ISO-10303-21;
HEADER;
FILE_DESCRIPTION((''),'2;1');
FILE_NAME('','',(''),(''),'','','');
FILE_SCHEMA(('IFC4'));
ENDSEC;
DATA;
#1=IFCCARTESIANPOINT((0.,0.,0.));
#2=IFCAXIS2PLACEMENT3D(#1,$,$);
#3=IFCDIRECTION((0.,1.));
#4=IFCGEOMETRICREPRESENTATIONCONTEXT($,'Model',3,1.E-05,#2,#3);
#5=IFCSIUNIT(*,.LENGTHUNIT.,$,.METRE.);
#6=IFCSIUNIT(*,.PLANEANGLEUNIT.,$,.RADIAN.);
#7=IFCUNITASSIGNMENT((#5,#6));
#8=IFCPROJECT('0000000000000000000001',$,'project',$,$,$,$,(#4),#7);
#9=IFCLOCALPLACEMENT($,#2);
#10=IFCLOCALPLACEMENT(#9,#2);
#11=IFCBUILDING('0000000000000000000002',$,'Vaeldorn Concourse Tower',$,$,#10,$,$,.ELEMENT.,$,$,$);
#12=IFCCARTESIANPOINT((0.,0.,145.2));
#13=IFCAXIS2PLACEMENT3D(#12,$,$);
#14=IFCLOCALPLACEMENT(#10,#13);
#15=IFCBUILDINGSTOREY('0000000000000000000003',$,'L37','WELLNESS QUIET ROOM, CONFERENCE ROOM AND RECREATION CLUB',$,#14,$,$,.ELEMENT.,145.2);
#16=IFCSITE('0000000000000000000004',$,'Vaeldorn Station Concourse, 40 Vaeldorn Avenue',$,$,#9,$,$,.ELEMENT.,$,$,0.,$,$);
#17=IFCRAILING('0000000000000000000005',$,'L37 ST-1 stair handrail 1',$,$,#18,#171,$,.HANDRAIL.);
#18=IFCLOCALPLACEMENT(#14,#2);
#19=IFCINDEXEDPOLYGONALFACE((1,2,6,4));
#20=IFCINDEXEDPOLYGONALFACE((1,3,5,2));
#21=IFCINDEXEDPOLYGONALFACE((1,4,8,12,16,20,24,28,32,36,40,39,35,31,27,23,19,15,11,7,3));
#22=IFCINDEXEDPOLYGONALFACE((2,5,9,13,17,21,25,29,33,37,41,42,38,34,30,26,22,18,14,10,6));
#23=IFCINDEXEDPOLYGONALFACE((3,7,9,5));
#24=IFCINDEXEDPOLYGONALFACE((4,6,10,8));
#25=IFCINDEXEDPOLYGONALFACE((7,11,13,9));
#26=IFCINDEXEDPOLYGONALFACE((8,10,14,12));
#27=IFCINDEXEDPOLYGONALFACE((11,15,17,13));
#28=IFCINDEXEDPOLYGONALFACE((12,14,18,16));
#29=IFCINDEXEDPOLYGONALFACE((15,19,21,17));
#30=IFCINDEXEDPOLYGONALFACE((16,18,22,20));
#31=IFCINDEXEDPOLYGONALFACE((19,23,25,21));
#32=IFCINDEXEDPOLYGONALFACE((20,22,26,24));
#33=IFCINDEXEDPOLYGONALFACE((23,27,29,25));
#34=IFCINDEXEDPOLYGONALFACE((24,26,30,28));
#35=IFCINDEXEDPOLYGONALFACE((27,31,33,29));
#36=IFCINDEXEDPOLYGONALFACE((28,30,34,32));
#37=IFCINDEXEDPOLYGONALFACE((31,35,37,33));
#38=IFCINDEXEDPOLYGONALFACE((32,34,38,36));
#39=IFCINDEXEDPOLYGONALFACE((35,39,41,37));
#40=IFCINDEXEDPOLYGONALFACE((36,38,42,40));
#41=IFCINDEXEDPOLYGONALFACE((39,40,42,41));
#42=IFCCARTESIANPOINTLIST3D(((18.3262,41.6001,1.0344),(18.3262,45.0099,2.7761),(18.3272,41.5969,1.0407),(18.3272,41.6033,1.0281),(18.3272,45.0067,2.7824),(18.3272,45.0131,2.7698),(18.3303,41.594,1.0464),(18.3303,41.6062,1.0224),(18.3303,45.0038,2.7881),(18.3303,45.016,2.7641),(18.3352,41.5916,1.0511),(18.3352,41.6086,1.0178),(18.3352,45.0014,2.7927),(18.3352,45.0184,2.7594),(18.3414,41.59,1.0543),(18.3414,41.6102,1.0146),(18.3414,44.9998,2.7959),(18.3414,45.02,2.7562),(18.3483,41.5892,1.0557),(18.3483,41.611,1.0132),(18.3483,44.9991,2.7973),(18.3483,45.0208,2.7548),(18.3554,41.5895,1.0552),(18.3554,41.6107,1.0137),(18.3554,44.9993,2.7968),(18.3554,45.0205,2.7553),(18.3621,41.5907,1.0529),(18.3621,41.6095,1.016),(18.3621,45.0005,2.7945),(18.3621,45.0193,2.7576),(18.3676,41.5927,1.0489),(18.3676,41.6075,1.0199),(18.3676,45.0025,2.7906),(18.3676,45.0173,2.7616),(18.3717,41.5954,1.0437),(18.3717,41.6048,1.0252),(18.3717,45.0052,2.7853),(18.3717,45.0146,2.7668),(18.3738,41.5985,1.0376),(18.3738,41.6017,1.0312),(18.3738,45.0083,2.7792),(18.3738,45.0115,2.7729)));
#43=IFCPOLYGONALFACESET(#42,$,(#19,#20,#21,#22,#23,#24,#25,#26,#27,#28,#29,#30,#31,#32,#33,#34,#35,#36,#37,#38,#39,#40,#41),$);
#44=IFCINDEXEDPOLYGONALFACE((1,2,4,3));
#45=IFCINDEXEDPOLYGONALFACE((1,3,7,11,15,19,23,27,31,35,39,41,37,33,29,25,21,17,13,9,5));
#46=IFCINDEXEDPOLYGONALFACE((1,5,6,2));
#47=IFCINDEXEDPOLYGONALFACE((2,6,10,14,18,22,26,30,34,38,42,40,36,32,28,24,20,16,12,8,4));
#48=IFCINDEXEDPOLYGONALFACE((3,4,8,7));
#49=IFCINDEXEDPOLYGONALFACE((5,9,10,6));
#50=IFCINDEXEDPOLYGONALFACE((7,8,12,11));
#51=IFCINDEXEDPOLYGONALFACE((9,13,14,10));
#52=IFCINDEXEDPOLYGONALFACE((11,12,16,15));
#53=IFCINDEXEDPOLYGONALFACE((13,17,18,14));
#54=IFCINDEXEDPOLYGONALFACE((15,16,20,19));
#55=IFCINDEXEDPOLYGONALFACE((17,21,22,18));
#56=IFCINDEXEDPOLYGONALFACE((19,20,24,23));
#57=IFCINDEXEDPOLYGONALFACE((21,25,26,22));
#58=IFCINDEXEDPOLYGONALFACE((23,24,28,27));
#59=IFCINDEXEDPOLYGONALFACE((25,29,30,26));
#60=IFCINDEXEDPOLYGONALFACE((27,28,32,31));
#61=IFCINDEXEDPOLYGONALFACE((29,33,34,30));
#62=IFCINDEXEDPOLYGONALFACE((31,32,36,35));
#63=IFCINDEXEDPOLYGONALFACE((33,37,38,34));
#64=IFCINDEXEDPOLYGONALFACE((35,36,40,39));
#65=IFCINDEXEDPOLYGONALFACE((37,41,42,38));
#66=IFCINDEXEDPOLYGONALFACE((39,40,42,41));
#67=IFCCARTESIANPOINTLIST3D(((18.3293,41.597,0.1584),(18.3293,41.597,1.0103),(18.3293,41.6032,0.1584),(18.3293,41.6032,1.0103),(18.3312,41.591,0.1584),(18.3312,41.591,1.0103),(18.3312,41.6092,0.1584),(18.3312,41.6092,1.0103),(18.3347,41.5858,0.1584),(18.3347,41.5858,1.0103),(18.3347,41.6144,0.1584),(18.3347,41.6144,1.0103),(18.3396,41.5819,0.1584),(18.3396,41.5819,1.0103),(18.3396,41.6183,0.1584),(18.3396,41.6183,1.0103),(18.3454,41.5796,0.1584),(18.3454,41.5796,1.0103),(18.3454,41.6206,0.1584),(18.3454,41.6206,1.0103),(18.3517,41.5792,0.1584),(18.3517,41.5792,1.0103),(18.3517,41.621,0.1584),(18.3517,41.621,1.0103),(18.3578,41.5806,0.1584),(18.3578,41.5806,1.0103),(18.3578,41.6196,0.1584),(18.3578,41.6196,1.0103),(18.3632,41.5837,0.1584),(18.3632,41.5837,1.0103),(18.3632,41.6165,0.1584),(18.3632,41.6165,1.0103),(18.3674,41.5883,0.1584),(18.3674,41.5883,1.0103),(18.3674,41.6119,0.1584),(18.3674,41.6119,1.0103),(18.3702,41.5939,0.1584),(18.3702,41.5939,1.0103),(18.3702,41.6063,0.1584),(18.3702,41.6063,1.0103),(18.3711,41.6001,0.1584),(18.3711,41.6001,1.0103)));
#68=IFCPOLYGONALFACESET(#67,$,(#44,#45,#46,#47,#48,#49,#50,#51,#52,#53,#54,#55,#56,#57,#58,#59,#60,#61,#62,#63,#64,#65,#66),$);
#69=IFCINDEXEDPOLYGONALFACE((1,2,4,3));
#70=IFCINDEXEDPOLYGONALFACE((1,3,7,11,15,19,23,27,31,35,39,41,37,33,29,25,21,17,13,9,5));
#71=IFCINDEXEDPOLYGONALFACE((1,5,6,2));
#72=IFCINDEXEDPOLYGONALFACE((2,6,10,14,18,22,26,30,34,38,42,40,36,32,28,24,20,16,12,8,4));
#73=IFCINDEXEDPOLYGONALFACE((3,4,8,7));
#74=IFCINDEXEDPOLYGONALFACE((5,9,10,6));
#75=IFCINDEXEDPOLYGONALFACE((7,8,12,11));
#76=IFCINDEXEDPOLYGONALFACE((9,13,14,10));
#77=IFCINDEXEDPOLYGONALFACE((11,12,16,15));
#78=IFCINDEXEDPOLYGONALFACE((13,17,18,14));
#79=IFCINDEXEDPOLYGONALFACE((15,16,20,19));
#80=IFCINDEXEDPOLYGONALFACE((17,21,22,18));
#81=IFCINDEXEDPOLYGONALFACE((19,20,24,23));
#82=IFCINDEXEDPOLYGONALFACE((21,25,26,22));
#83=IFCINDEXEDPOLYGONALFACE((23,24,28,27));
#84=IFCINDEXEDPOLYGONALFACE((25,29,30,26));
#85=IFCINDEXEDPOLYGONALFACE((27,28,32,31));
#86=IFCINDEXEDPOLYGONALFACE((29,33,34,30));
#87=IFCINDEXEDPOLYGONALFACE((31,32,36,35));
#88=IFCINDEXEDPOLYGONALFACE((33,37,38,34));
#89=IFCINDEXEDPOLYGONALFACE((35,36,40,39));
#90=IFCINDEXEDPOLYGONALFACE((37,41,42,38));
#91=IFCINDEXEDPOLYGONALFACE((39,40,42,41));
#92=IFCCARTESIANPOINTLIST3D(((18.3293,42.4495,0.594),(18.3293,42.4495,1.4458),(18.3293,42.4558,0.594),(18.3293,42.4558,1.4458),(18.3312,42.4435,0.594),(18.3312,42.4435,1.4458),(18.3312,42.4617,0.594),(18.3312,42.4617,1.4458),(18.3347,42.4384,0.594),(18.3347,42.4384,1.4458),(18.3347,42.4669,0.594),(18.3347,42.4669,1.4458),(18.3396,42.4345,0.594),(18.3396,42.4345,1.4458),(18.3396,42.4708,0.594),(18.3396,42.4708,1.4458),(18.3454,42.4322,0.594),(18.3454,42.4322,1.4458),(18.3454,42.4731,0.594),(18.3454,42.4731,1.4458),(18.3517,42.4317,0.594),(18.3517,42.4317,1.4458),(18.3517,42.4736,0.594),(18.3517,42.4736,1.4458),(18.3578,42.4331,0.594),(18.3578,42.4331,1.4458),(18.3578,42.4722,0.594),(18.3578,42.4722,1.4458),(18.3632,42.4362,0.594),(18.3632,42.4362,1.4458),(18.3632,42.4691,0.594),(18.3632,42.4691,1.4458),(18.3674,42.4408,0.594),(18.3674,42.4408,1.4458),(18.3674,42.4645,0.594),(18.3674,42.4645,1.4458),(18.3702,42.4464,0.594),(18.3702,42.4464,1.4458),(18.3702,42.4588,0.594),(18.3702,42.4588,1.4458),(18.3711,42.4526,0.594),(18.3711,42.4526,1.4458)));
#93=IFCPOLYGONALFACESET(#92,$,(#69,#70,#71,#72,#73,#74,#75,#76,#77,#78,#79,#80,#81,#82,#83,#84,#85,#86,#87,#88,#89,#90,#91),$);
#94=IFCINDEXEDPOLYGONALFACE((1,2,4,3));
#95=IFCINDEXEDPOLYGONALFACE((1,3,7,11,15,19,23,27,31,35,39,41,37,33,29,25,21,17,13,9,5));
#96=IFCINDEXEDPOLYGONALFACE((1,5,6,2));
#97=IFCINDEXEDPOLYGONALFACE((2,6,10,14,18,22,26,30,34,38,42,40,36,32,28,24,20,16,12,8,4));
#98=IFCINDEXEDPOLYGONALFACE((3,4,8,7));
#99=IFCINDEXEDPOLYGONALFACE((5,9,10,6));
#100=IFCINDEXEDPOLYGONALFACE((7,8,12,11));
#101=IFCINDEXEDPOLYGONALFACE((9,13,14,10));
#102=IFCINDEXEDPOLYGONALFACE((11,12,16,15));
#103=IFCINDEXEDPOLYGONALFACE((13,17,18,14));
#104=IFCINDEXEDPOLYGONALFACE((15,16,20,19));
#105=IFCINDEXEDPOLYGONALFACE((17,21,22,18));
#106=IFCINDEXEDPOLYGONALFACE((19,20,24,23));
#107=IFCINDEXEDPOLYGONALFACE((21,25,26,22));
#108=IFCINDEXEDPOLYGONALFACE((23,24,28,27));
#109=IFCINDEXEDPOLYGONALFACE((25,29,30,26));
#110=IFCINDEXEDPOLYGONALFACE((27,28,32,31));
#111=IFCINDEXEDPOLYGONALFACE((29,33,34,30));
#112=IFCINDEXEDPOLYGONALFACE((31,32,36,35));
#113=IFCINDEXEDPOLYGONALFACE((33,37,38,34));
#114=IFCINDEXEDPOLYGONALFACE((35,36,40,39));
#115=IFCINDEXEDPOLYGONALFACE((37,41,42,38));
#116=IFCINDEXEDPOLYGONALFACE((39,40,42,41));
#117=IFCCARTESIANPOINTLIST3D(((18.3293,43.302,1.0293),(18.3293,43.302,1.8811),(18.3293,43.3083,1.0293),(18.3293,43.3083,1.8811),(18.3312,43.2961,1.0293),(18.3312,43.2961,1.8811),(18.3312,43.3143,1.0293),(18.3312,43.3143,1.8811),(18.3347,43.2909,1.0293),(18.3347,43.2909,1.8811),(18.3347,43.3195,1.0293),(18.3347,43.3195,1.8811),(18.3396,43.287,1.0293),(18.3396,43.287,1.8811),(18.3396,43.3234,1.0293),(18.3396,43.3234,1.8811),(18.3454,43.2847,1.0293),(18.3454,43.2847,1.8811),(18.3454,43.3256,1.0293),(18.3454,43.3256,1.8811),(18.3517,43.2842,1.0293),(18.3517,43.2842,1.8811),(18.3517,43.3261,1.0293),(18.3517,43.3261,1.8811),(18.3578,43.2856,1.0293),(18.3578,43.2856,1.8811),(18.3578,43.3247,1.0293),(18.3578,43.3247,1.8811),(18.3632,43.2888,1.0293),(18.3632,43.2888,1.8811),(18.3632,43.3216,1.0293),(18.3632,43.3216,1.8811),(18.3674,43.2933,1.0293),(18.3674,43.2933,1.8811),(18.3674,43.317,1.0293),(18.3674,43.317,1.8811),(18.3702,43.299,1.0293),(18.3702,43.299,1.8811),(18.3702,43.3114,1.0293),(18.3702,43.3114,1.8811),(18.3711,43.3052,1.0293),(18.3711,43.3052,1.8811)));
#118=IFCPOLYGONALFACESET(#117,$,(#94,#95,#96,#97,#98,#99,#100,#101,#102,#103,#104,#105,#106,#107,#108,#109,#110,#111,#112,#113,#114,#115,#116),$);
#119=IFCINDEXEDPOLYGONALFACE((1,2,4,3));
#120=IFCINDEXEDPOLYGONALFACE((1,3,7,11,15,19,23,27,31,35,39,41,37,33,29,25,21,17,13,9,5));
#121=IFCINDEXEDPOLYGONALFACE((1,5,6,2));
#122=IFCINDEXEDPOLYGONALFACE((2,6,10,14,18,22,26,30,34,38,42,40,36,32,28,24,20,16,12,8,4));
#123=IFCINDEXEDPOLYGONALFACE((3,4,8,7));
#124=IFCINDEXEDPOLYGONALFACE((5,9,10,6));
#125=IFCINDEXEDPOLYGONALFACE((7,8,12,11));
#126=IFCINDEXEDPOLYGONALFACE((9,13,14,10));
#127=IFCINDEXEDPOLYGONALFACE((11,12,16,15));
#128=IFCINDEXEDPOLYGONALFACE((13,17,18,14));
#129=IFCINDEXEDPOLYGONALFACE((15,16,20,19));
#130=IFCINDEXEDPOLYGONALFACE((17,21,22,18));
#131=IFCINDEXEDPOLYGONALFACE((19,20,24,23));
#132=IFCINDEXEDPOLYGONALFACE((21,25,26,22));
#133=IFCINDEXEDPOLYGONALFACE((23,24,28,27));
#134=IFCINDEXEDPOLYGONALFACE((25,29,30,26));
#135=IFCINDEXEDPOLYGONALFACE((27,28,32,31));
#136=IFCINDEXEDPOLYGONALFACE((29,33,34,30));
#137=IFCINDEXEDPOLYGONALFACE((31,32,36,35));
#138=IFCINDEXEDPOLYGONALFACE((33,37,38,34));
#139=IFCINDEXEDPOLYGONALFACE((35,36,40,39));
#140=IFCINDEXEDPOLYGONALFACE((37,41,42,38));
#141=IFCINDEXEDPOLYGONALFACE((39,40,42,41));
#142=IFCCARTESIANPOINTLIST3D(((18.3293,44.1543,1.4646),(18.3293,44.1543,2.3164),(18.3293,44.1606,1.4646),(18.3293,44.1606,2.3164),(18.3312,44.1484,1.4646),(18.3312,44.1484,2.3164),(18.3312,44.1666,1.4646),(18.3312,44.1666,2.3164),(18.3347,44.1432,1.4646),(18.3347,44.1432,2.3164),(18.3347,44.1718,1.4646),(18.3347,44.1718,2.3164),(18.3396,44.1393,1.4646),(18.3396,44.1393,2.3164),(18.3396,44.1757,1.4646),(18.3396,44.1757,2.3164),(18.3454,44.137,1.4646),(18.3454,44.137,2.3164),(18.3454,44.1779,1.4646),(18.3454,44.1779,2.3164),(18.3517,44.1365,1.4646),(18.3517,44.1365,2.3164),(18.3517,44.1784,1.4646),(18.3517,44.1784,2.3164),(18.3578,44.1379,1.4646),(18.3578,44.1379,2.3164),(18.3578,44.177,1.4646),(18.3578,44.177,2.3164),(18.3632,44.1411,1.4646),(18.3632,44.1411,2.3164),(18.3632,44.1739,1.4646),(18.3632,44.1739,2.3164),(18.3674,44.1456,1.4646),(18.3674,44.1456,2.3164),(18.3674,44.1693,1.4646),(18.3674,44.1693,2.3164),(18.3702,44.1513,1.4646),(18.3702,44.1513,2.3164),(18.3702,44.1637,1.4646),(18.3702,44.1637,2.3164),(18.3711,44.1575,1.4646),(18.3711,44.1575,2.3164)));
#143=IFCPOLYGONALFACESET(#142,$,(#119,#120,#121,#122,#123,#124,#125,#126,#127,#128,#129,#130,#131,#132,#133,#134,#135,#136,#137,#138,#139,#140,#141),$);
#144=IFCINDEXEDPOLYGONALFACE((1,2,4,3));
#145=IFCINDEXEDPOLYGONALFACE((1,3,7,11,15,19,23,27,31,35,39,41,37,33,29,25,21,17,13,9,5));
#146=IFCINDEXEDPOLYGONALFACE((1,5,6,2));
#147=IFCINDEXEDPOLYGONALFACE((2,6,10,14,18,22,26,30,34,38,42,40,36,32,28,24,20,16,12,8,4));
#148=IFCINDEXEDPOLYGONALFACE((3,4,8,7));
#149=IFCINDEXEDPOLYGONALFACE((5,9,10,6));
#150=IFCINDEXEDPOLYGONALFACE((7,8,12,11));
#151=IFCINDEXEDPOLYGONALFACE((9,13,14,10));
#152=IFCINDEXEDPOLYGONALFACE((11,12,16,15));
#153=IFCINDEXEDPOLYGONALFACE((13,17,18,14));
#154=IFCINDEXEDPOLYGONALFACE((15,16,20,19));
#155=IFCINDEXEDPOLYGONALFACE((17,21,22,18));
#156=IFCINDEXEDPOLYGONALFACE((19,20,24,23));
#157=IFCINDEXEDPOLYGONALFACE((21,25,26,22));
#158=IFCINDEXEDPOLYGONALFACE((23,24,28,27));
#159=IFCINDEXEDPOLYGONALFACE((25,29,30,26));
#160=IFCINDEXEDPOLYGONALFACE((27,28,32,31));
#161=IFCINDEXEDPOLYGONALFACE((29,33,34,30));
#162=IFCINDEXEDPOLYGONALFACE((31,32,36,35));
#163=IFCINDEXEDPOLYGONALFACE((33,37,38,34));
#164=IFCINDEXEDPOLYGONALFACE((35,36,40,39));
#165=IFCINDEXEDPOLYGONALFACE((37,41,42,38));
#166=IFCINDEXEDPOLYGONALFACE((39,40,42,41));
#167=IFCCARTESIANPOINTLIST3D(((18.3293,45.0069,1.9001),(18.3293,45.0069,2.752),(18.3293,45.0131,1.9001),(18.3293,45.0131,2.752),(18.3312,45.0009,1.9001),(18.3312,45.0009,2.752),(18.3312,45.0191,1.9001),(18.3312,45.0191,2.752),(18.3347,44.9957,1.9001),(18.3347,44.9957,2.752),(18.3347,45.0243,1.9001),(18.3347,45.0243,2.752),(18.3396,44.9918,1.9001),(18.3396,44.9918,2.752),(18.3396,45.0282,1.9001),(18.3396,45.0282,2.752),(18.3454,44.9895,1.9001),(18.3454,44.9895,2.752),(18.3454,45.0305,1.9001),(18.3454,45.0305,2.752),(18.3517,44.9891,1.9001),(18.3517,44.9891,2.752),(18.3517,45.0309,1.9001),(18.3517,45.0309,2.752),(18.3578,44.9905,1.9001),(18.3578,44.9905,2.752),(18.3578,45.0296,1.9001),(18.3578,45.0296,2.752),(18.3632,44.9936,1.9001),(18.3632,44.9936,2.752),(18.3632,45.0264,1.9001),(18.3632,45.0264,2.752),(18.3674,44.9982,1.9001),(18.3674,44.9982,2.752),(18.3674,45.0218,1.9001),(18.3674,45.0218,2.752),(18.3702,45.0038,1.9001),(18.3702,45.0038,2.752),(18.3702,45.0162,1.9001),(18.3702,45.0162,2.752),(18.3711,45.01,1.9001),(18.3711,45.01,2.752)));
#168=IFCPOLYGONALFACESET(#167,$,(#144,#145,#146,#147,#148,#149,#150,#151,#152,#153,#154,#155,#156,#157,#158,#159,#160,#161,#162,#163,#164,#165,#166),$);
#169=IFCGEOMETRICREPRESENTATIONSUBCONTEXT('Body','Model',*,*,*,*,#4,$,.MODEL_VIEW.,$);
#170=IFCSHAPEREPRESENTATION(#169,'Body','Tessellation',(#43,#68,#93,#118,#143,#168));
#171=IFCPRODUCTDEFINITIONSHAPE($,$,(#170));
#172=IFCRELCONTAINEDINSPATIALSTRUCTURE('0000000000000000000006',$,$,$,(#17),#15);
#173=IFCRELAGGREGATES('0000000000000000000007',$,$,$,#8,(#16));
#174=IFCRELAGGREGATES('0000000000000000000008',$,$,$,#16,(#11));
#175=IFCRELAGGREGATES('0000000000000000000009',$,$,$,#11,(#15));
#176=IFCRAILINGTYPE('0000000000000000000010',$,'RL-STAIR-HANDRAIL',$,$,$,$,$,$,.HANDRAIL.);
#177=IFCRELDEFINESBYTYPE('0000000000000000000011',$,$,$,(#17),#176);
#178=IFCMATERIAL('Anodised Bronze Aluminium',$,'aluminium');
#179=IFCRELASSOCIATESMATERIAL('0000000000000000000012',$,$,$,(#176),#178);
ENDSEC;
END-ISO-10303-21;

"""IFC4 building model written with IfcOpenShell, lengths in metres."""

from ifc_helpers import new_model, si_unit, direction, frame, origin, origin_2d, place, context, subcontext, project, spatial, circle, extrude, material, type_object, element, save


model = new_model("IFC4")

# Units and contexts
model_context = context("Model", 3, precision=1e-05, world=origin(), true_north=direction((0.0, 1.0)))
body_context = subcontext(model_context, "Body", "Model", "MODEL_VIEW")
ifc_project = project(units=[si_unit("LENGTHUNIT", "METRE"), si_unit("PLANEANGLEUNIT", "RADIAN")], contexts=[model_context])

# Site, building, storey
site_placement = place(None, origin())
site = spatial("IfcSite", under=ifc_project, at=site_placement, Name="Vaeldorn Station Concourse, 40 Vaeldorn Avenue", CompositionType="ELEMENT", RefElevation=0.0)
building_placement = place(site_placement, origin())
building = spatial("IfcBuilding", under=site, at=building_placement, Name="Vaeldorn Concourse Tower", CompositionType="ELEMENT")
storey_placement = place(building_placement, frame((0.0, 0.0, 145.2)))
storey = spatial("IfcBuildingStorey", under=building, at=storey_placement, Name="L37", Description="WELLNESS QUIET ROOM, CONFERENCE ROOM AND RECREATION CLUB", CompositionType="ELEMENT", Elevation=145.2)

# Shared definitions
ifc_material_1 = material(Name="Anodised Bronze Aluminium", Category="aluminium")

# Railing
railing_type_1 = type_object("IfcRailingType", Name="RL-STAIR-HANDRAIL", PredefinedType="HANDRAIL", material=ifc_material_1)
railing_1_placement = place(storey_placement, frame((18.3501, 41.6001, 0.1584)))
element("IfcRailing", 1, at=railing_1_placement, inside=storey, type_object=railing_type_1, Name="L37 ST-1 stair handrail 1", PredefinedType="HANDRAIL", context=body_context, shape_type="SweptSolid", body=[
    extrude(circle(Radius=0.0239, at=origin_2d()), frame((0.0, 0.0, 0.876), z_axis=(0.0, 0.890556, 0.454874), x_axis=(-1.0, 0.0, 0.0)), (0.0, 0.0, 1.0), 3.8289),
    extrude(circle(Radius=0.021, at=origin_2d()), origin(), (0.0, 0.0, 1.0), 0.8518),
    extrude(circle(Radius=0.021, at=origin_2d()), frame((0.0, 0.8525, 0.4355)), (0.0, 0.0, 1.0), 0.8518),
    extrude(circle(Radius=0.021, at=origin_2d()), frame((0.0, 1.7051, 0.8708)), (0.0, 0.0, 1.0), 0.8518),
    extrude(circle(Radius=0.021, at=origin_2d()), frame((0.0, 2.5574, 1.3062)), (0.0, 0.0, 1.0), 0.8518),
    extrude(circle(Radius=0.021, at=origin_2d()), frame((0.0, 3.4099, 1.7417)), (0.0, 0.0, 1.0), 0.8518),
])

save(model, "model.ifc")
